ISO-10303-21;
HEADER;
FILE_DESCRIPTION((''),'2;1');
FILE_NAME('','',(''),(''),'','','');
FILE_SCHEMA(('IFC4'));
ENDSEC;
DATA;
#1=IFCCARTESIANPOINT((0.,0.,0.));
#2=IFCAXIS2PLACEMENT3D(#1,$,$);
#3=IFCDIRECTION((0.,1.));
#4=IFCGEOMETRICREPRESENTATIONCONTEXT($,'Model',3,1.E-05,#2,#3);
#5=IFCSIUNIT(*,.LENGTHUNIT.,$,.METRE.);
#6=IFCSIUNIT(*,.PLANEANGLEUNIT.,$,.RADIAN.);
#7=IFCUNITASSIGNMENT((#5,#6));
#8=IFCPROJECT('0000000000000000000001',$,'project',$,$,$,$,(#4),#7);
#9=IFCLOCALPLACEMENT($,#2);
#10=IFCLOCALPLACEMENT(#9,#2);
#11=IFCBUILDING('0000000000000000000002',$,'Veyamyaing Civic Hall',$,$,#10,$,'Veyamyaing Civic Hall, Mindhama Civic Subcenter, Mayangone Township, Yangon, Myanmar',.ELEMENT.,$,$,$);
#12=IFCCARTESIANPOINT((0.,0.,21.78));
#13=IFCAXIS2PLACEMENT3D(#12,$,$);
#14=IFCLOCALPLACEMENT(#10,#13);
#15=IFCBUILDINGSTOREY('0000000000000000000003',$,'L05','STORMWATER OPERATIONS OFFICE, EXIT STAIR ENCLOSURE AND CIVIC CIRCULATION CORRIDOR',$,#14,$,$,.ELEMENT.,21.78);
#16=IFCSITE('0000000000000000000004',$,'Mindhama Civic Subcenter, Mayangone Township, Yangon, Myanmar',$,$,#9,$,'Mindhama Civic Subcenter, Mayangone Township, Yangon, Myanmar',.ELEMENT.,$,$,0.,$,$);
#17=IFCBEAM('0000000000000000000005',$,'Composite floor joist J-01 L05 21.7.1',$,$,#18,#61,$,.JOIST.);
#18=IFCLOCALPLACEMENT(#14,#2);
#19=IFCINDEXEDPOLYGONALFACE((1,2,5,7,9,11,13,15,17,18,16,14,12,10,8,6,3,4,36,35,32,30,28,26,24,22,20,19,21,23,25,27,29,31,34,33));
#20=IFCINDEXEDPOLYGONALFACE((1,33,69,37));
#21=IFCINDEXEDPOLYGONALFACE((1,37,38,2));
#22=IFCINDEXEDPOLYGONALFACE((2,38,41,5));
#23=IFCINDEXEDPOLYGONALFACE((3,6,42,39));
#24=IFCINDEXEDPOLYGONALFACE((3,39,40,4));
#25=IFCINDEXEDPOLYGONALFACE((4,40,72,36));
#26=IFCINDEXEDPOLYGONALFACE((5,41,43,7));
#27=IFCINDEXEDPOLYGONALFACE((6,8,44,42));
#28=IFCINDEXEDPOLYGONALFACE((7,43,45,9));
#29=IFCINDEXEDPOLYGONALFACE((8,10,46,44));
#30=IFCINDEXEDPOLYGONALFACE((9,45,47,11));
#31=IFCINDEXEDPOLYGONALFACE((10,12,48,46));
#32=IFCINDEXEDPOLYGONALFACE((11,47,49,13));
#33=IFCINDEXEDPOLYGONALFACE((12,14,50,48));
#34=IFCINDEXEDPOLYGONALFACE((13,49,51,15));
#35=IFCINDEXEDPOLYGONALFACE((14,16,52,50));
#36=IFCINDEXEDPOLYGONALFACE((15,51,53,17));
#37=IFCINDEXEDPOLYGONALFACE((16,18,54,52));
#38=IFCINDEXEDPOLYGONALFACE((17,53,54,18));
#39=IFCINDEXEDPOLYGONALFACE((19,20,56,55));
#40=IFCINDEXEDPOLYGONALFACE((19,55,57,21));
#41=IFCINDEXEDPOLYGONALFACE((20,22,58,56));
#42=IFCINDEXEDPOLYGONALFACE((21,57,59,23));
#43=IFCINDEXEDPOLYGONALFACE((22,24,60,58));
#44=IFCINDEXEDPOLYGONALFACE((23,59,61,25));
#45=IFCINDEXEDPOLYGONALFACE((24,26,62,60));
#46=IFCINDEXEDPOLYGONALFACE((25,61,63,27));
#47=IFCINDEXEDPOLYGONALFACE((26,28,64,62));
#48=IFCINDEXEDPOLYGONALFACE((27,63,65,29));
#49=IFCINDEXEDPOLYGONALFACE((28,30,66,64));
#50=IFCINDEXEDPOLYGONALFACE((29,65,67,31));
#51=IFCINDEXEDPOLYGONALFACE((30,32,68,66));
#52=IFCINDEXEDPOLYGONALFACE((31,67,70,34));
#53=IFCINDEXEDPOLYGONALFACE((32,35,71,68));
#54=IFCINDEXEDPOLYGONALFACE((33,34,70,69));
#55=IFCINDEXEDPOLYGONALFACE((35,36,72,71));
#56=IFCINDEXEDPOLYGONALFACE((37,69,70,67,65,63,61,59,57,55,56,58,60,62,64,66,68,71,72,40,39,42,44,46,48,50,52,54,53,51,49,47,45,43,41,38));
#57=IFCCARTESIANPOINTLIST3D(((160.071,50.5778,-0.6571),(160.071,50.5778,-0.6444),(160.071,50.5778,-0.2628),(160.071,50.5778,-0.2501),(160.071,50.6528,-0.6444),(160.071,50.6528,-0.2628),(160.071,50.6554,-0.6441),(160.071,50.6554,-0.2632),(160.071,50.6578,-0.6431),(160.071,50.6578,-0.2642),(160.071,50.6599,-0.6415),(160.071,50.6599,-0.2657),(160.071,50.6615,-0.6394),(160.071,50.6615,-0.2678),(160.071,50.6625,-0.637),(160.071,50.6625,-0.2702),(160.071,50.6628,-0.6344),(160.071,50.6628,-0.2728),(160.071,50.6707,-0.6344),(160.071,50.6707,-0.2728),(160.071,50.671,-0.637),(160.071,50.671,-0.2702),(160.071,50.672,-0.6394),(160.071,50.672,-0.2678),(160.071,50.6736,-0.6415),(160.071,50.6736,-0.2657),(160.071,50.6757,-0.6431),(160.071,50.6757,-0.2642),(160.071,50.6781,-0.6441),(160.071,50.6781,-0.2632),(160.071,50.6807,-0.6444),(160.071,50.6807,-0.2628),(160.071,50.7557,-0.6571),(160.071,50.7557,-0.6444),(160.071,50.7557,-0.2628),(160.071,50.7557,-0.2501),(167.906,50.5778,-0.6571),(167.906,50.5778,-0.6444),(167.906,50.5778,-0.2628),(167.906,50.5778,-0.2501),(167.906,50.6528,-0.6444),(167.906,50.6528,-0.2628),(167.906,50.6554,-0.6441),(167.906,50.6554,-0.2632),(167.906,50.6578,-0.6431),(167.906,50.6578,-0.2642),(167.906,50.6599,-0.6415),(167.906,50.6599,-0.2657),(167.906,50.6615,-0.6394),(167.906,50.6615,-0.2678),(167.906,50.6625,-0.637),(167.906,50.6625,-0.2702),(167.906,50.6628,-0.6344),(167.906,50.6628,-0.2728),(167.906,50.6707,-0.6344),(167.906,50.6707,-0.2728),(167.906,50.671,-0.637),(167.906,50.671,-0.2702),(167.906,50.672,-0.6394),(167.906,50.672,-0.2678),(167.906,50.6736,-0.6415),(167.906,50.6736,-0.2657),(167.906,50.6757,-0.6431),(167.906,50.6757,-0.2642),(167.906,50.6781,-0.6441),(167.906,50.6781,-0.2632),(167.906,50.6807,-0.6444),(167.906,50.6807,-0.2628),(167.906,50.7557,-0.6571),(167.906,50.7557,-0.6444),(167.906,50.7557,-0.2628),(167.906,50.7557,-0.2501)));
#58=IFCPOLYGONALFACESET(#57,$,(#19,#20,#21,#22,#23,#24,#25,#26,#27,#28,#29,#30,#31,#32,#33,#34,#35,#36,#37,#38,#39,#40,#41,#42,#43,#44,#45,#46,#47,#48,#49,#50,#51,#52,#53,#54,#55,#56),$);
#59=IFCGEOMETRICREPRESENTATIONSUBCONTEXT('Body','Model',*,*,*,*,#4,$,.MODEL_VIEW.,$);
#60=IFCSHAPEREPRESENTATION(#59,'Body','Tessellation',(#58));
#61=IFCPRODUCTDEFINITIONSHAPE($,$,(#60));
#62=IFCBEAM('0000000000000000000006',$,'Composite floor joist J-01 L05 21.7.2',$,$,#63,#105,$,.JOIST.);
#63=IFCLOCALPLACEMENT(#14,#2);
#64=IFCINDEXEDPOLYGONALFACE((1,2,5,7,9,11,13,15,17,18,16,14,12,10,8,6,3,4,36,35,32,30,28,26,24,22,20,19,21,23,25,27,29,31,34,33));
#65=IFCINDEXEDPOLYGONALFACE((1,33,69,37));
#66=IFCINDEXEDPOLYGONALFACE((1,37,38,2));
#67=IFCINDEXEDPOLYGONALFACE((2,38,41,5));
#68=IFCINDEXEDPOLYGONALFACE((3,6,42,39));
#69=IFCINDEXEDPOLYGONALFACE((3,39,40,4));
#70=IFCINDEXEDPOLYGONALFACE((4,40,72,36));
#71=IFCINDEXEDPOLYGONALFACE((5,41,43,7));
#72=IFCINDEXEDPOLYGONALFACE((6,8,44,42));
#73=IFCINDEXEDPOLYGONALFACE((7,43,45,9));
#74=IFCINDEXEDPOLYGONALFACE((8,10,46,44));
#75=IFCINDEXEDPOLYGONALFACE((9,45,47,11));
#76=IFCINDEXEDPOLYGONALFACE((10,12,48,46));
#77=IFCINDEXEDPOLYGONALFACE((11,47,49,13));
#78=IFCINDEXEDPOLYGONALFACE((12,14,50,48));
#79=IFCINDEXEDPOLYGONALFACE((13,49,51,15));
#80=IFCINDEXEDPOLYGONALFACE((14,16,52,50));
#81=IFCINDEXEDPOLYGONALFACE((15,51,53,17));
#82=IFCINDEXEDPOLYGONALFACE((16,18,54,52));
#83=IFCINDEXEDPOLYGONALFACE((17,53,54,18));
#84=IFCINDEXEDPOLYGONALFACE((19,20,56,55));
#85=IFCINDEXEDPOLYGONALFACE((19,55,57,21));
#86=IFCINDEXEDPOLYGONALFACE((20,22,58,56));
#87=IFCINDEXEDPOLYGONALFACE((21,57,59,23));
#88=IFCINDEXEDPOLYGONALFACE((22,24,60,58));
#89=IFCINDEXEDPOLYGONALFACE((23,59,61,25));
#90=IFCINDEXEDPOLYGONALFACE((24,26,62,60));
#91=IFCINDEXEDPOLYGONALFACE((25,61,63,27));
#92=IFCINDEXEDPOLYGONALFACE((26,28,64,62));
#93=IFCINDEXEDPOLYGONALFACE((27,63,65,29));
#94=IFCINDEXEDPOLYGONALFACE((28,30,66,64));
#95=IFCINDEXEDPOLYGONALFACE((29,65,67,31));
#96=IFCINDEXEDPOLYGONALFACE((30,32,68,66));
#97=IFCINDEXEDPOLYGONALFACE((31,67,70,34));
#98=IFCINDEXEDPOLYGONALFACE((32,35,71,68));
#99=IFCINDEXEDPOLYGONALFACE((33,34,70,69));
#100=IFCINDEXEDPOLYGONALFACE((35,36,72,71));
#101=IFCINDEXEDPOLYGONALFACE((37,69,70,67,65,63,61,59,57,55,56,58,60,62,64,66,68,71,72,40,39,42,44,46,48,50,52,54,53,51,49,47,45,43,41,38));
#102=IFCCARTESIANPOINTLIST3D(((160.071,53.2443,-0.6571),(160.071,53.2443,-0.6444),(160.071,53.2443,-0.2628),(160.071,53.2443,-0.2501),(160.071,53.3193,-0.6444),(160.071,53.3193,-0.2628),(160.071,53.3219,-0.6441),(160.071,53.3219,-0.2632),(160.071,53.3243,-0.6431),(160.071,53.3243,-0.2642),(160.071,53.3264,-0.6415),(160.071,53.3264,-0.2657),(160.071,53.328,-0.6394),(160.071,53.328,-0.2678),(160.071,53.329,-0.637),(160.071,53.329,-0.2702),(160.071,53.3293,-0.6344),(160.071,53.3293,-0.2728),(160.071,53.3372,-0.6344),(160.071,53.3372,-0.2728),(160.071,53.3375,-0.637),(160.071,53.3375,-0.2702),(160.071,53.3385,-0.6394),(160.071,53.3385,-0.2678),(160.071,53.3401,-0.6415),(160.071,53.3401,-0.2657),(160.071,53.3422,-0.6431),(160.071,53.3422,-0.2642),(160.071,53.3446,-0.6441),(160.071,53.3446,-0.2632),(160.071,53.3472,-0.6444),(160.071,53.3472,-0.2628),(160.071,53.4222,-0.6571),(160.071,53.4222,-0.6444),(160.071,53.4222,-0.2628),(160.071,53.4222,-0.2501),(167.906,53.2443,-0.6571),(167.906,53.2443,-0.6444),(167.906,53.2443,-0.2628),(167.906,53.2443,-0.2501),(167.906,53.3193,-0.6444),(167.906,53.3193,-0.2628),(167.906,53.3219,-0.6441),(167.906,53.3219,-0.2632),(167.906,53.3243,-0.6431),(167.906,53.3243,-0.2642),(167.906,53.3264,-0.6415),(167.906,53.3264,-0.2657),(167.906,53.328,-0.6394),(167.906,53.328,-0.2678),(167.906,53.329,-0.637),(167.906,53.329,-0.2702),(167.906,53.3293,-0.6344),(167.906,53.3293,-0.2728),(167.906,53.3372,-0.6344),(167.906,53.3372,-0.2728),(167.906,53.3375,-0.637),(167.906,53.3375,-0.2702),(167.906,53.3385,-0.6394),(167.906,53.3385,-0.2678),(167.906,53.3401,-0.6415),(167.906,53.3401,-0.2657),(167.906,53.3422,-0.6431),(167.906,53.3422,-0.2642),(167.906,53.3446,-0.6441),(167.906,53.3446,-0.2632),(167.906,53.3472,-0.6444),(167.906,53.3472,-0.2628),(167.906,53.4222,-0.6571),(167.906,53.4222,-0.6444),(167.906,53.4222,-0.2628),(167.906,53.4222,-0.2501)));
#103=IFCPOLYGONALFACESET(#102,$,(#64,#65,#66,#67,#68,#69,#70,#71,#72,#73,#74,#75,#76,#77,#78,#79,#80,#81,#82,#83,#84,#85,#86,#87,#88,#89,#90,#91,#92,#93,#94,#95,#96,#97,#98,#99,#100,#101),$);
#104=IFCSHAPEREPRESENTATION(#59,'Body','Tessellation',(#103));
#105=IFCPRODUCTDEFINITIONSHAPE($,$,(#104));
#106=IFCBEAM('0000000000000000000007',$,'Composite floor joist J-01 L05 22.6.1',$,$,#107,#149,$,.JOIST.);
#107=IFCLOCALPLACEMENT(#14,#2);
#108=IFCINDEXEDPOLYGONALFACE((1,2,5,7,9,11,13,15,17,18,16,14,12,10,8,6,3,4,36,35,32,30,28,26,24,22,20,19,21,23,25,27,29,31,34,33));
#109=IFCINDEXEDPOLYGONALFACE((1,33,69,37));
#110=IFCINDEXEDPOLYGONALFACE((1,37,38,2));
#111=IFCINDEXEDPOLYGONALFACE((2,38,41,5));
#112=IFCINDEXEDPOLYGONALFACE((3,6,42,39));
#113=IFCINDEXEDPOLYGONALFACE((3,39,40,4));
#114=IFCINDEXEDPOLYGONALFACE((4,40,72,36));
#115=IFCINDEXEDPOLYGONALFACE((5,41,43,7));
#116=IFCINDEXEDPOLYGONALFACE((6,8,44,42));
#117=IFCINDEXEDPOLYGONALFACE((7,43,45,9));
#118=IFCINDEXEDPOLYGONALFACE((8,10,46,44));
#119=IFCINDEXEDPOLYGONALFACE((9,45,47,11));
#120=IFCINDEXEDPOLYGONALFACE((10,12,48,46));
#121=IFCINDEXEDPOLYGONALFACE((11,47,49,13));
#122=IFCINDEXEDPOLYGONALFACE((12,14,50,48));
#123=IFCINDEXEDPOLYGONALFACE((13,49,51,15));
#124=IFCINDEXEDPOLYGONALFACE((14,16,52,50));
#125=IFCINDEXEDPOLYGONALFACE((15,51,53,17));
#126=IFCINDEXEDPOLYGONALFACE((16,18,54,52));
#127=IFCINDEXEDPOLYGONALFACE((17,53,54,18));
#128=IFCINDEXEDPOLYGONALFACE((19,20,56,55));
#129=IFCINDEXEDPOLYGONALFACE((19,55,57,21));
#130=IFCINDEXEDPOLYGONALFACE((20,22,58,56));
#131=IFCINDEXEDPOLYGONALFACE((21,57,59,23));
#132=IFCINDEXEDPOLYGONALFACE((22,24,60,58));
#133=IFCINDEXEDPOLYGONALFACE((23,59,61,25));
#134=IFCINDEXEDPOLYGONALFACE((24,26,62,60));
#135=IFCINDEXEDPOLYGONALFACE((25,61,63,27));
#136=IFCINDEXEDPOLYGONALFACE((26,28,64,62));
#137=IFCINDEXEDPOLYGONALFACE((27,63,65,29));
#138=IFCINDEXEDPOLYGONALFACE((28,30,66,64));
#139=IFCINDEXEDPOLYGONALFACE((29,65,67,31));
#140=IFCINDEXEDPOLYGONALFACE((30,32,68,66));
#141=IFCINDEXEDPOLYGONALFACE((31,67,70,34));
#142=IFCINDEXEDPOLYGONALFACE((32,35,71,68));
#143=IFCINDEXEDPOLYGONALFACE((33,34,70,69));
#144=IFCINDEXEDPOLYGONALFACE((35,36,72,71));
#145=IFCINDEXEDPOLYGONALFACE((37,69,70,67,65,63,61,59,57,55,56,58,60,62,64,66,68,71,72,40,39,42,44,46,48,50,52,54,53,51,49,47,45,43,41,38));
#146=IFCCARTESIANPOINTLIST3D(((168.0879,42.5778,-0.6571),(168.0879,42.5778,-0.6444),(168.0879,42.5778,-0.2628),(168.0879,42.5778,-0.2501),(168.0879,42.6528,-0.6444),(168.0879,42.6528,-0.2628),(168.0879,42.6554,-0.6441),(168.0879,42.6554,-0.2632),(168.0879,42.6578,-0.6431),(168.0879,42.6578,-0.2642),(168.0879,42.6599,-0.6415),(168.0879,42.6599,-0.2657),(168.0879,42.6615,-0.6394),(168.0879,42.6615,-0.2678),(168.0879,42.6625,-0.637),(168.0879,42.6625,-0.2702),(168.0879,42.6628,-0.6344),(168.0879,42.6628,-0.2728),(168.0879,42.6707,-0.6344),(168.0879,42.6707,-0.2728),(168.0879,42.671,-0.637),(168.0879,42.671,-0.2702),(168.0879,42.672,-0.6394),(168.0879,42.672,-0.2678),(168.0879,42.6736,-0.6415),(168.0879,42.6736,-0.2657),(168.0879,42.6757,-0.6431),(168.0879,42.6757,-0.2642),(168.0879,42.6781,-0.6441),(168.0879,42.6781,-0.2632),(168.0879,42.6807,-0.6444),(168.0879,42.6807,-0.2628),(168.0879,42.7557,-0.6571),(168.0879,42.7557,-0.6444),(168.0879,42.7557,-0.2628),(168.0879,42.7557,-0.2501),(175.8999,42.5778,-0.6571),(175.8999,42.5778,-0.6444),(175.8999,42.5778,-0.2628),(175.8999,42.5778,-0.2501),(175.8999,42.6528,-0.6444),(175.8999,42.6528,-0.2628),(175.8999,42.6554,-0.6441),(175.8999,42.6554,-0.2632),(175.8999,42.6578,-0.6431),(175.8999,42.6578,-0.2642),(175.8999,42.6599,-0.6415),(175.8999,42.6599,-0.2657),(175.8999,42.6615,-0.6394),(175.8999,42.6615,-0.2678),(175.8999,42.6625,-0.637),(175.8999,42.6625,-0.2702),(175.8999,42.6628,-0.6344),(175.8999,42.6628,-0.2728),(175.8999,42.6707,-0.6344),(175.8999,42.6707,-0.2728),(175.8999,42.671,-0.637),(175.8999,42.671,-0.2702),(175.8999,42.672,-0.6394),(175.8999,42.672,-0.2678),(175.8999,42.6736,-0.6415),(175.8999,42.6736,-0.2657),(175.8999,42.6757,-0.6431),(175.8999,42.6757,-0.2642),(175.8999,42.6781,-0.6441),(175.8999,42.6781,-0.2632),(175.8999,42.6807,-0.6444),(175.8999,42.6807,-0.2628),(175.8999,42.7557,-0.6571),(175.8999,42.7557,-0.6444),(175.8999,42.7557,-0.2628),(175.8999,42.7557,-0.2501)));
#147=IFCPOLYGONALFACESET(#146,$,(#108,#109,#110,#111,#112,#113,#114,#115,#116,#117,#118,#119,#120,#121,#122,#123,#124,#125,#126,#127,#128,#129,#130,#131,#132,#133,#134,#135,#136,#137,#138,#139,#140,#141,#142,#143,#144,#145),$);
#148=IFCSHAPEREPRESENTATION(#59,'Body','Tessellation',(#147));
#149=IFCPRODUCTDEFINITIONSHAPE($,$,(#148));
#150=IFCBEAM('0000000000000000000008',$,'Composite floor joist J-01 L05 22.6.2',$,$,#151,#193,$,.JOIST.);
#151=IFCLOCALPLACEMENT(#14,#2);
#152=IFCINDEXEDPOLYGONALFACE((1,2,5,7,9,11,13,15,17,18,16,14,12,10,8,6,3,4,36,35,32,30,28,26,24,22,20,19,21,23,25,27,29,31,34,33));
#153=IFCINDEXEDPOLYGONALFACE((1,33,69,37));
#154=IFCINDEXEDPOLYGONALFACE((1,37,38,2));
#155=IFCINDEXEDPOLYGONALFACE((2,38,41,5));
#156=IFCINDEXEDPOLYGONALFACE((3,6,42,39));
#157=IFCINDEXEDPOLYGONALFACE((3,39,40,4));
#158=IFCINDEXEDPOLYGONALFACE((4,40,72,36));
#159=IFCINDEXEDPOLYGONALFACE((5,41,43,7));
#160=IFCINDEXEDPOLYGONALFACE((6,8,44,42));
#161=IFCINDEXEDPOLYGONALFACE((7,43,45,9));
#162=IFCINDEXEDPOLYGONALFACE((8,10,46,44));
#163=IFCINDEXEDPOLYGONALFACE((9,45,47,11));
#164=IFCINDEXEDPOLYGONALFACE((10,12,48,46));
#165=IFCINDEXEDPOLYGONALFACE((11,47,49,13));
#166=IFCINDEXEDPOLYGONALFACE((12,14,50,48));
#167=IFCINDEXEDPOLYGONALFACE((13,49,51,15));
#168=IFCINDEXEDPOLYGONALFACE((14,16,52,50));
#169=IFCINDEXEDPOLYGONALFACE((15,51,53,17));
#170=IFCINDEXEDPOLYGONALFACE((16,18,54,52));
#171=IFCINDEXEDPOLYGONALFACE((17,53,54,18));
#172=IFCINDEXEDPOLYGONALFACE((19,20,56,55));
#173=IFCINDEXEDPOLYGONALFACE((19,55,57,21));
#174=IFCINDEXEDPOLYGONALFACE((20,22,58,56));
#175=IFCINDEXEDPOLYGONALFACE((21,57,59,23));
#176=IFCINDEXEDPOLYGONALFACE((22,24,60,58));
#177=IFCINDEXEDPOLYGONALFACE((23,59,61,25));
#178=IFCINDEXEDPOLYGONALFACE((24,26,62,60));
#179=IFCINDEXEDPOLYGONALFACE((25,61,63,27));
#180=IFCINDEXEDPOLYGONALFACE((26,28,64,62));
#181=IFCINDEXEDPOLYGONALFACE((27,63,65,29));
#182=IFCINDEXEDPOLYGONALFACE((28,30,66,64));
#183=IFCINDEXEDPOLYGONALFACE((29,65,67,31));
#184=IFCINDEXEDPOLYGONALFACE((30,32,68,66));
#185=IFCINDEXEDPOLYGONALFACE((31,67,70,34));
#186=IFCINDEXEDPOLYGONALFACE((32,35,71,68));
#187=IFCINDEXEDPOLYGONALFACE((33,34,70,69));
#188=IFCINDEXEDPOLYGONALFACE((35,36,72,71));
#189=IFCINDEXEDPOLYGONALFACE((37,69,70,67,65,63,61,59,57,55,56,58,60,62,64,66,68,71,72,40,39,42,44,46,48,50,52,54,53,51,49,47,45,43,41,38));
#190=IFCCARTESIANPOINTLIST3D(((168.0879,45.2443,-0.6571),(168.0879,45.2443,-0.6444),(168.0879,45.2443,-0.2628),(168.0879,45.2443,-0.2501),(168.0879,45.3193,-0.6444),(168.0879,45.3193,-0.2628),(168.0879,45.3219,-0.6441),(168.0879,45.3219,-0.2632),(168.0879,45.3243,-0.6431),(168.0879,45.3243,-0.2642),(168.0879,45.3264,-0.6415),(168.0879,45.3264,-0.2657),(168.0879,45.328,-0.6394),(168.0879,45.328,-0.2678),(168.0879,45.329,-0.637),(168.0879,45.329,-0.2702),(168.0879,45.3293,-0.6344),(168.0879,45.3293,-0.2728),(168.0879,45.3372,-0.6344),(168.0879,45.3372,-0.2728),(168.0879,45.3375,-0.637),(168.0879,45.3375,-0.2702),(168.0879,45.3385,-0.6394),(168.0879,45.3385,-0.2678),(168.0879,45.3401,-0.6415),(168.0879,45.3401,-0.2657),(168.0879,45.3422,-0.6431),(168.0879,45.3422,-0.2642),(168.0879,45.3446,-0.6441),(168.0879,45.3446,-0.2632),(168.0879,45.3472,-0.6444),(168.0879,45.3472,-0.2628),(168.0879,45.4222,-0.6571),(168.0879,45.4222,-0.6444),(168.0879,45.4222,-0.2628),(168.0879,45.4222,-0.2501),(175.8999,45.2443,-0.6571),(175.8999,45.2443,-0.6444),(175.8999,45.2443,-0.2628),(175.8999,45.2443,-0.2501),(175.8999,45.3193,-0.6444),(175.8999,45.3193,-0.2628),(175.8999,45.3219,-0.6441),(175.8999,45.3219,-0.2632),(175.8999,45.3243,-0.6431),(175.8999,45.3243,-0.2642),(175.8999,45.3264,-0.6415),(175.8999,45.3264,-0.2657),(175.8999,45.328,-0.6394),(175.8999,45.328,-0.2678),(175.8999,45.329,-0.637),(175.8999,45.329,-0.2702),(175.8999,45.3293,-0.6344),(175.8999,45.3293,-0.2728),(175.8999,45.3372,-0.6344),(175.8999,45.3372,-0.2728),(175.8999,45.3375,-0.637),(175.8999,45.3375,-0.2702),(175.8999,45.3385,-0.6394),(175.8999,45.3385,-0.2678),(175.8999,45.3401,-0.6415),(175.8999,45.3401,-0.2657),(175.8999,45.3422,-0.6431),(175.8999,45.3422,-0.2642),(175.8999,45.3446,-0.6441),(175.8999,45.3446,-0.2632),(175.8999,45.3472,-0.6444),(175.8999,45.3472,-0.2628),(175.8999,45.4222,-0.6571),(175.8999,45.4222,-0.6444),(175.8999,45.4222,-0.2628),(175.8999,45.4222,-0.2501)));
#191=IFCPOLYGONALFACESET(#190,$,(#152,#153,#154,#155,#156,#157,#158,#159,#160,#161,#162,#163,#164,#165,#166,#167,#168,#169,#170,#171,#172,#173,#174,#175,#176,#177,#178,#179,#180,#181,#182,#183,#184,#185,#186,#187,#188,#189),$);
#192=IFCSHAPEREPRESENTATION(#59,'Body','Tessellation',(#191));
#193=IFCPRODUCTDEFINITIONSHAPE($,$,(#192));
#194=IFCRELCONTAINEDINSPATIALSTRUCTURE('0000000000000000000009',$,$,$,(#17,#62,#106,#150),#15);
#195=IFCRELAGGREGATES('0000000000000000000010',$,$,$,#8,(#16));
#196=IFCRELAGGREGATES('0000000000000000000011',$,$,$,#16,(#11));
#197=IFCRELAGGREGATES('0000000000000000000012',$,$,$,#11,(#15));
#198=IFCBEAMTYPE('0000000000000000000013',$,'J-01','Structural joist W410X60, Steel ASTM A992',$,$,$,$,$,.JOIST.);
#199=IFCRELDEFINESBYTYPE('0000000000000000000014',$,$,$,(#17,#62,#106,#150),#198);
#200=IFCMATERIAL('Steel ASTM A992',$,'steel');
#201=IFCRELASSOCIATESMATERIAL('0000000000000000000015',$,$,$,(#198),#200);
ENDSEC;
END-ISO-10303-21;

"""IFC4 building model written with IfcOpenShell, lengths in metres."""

from ifc_helpers import new_model, si_unit, direction, frame, origin, origin_2d, place, context, subcontext, project, spatial, i_section, extrude, material, material_profile, profile_set, type_object, element, save


model = new_model("IFC4")

# Units and contexts
model_context = context("Model", 3, precision=1e-05, world=origin(), true_north=direction((0.0, 1.0)))
body_context = subcontext(model_context, "Body", "Model", "MODEL_VIEW")
ifc_project = project(units=[si_unit("LENGTHUNIT", "METRE"), si_unit("PLANEANGLEUNIT", "RADIAN")], contexts=[model_context])

# Site, building, storey
site_placement = place(None, origin())
site = spatial("IfcSite", under=ifc_project, at=site_placement, Name="Mindhama Civic Subcenter, Mayangone Township, Yangon, Myanmar", LongName="Mindhama Civic Subcenter, Mayangone Township, Yangon, Myanmar", CompositionType="ELEMENT", RefElevation=0.0)
building_placement = place(site_placement, origin())
building = spatial("IfcBuilding", under=site, at=building_placement, Name="Veyamyaing Civic Hall", LongName="Veyamyaing Civic Hall, Mindhama Civic Subcenter, Mayangone Township, Yangon, Myanmar", CompositionType="ELEMENT")
storey_placement = place(building_placement, frame((0.0, 0.0, 21.78)))
storey = spatial("IfcBuildingStorey", under=building, at=storey_placement, Name="L05", Description="STORMWATER OPERATIONS OFFICE, EXIT STAIR ENCLOSURE AND CIVIC CIRCULATION CORRIDOR", CompositionType="ELEMENT", Elevation=21.78)

# Beams
ifc_material = material(Name="Steel ASTM A992", Category="steel")
ifc_material_profile_1 = material_profile(ifc_material, i_section(OverallWidth=0.178, OverallDepth=0.407, WebThickness=0.0078, FlangeThickness=0.0127, FilletRadius=0.01, at=origin_2d()), Name="W410X60")
ifc_profile_set_1 = profile_set([ifc_material_profile_1], Name="Steel ASTM A992")
beam_type_1 = type_object("IfcBeamType", Name="J-01", Description="Structural joist W410X60, Steel ASTM A992", PredefinedType="JOIST", material=ifc_profile_set_1)
for number, where, z_axis, x_axis, name in (
    (1, (160.071, 50.6667, -0.4536), (1.0, 0.0, 0.0), (0.0, 1.0, 0.0), "Composite floor joist J-01 L05 21.7.1"),
    (2, (160.071, 53.3333, -0.4536), (1.0, 0.0, 0.0), (0.0, 1.0, 0.0), "Composite floor joist J-01 L05 21.7.2"),
):
    element("IfcBeam", number, at=place(storey_placement, frame(where, z_axis=z_axis, x_axis=x_axis)), inside=storey, type_object=beam_type_1, Name=name, PredefinedType="JOIST", context=body_context, shape_type="SweptSolid", body=[
        extrude(i_section(OverallWidth=0.178, OverallDepth=0.407, WebThickness=0.0078, FlangeThickness=0.0127, FilletRadius=0.01, at=origin_2d()), origin(), (0.0, 0.0, 1.0), 7.835),
    ])
for number, where, z_axis, x_axis, name in (
    (3, (168.0879, 42.6667, -0.4536), (1.0, 0.0, 0.0), (0.0, 1.0, 0.0), "Composite floor joist J-01 L05 22.6.1"),
    (4, (168.0879, 45.3333, -0.4536), (1.0, 0.0, 0.0), (0.0, 1.0, 0.0), "Composite floor joist J-01 L05 22.6.2"),
):
    element("IfcBeam", number, at=place(storey_placement, frame(where, z_axis=z_axis, x_axis=x_axis)), inside=storey, type_object=beam_type_1, Name=name, PredefinedType="JOIST", context=body_context, shape_type="SweptSolid", body=[
        extrude(i_section(OverallWidth=0.178, OverallDepth=0.407, WebThickness=0.0078, FlangeThickness=0.0127, FilletRadius=0.01, at=origin_2d()), origin(), (0.0, 0.0, 1.0), 7.812),
    ])

save(model, "model.ifc")
